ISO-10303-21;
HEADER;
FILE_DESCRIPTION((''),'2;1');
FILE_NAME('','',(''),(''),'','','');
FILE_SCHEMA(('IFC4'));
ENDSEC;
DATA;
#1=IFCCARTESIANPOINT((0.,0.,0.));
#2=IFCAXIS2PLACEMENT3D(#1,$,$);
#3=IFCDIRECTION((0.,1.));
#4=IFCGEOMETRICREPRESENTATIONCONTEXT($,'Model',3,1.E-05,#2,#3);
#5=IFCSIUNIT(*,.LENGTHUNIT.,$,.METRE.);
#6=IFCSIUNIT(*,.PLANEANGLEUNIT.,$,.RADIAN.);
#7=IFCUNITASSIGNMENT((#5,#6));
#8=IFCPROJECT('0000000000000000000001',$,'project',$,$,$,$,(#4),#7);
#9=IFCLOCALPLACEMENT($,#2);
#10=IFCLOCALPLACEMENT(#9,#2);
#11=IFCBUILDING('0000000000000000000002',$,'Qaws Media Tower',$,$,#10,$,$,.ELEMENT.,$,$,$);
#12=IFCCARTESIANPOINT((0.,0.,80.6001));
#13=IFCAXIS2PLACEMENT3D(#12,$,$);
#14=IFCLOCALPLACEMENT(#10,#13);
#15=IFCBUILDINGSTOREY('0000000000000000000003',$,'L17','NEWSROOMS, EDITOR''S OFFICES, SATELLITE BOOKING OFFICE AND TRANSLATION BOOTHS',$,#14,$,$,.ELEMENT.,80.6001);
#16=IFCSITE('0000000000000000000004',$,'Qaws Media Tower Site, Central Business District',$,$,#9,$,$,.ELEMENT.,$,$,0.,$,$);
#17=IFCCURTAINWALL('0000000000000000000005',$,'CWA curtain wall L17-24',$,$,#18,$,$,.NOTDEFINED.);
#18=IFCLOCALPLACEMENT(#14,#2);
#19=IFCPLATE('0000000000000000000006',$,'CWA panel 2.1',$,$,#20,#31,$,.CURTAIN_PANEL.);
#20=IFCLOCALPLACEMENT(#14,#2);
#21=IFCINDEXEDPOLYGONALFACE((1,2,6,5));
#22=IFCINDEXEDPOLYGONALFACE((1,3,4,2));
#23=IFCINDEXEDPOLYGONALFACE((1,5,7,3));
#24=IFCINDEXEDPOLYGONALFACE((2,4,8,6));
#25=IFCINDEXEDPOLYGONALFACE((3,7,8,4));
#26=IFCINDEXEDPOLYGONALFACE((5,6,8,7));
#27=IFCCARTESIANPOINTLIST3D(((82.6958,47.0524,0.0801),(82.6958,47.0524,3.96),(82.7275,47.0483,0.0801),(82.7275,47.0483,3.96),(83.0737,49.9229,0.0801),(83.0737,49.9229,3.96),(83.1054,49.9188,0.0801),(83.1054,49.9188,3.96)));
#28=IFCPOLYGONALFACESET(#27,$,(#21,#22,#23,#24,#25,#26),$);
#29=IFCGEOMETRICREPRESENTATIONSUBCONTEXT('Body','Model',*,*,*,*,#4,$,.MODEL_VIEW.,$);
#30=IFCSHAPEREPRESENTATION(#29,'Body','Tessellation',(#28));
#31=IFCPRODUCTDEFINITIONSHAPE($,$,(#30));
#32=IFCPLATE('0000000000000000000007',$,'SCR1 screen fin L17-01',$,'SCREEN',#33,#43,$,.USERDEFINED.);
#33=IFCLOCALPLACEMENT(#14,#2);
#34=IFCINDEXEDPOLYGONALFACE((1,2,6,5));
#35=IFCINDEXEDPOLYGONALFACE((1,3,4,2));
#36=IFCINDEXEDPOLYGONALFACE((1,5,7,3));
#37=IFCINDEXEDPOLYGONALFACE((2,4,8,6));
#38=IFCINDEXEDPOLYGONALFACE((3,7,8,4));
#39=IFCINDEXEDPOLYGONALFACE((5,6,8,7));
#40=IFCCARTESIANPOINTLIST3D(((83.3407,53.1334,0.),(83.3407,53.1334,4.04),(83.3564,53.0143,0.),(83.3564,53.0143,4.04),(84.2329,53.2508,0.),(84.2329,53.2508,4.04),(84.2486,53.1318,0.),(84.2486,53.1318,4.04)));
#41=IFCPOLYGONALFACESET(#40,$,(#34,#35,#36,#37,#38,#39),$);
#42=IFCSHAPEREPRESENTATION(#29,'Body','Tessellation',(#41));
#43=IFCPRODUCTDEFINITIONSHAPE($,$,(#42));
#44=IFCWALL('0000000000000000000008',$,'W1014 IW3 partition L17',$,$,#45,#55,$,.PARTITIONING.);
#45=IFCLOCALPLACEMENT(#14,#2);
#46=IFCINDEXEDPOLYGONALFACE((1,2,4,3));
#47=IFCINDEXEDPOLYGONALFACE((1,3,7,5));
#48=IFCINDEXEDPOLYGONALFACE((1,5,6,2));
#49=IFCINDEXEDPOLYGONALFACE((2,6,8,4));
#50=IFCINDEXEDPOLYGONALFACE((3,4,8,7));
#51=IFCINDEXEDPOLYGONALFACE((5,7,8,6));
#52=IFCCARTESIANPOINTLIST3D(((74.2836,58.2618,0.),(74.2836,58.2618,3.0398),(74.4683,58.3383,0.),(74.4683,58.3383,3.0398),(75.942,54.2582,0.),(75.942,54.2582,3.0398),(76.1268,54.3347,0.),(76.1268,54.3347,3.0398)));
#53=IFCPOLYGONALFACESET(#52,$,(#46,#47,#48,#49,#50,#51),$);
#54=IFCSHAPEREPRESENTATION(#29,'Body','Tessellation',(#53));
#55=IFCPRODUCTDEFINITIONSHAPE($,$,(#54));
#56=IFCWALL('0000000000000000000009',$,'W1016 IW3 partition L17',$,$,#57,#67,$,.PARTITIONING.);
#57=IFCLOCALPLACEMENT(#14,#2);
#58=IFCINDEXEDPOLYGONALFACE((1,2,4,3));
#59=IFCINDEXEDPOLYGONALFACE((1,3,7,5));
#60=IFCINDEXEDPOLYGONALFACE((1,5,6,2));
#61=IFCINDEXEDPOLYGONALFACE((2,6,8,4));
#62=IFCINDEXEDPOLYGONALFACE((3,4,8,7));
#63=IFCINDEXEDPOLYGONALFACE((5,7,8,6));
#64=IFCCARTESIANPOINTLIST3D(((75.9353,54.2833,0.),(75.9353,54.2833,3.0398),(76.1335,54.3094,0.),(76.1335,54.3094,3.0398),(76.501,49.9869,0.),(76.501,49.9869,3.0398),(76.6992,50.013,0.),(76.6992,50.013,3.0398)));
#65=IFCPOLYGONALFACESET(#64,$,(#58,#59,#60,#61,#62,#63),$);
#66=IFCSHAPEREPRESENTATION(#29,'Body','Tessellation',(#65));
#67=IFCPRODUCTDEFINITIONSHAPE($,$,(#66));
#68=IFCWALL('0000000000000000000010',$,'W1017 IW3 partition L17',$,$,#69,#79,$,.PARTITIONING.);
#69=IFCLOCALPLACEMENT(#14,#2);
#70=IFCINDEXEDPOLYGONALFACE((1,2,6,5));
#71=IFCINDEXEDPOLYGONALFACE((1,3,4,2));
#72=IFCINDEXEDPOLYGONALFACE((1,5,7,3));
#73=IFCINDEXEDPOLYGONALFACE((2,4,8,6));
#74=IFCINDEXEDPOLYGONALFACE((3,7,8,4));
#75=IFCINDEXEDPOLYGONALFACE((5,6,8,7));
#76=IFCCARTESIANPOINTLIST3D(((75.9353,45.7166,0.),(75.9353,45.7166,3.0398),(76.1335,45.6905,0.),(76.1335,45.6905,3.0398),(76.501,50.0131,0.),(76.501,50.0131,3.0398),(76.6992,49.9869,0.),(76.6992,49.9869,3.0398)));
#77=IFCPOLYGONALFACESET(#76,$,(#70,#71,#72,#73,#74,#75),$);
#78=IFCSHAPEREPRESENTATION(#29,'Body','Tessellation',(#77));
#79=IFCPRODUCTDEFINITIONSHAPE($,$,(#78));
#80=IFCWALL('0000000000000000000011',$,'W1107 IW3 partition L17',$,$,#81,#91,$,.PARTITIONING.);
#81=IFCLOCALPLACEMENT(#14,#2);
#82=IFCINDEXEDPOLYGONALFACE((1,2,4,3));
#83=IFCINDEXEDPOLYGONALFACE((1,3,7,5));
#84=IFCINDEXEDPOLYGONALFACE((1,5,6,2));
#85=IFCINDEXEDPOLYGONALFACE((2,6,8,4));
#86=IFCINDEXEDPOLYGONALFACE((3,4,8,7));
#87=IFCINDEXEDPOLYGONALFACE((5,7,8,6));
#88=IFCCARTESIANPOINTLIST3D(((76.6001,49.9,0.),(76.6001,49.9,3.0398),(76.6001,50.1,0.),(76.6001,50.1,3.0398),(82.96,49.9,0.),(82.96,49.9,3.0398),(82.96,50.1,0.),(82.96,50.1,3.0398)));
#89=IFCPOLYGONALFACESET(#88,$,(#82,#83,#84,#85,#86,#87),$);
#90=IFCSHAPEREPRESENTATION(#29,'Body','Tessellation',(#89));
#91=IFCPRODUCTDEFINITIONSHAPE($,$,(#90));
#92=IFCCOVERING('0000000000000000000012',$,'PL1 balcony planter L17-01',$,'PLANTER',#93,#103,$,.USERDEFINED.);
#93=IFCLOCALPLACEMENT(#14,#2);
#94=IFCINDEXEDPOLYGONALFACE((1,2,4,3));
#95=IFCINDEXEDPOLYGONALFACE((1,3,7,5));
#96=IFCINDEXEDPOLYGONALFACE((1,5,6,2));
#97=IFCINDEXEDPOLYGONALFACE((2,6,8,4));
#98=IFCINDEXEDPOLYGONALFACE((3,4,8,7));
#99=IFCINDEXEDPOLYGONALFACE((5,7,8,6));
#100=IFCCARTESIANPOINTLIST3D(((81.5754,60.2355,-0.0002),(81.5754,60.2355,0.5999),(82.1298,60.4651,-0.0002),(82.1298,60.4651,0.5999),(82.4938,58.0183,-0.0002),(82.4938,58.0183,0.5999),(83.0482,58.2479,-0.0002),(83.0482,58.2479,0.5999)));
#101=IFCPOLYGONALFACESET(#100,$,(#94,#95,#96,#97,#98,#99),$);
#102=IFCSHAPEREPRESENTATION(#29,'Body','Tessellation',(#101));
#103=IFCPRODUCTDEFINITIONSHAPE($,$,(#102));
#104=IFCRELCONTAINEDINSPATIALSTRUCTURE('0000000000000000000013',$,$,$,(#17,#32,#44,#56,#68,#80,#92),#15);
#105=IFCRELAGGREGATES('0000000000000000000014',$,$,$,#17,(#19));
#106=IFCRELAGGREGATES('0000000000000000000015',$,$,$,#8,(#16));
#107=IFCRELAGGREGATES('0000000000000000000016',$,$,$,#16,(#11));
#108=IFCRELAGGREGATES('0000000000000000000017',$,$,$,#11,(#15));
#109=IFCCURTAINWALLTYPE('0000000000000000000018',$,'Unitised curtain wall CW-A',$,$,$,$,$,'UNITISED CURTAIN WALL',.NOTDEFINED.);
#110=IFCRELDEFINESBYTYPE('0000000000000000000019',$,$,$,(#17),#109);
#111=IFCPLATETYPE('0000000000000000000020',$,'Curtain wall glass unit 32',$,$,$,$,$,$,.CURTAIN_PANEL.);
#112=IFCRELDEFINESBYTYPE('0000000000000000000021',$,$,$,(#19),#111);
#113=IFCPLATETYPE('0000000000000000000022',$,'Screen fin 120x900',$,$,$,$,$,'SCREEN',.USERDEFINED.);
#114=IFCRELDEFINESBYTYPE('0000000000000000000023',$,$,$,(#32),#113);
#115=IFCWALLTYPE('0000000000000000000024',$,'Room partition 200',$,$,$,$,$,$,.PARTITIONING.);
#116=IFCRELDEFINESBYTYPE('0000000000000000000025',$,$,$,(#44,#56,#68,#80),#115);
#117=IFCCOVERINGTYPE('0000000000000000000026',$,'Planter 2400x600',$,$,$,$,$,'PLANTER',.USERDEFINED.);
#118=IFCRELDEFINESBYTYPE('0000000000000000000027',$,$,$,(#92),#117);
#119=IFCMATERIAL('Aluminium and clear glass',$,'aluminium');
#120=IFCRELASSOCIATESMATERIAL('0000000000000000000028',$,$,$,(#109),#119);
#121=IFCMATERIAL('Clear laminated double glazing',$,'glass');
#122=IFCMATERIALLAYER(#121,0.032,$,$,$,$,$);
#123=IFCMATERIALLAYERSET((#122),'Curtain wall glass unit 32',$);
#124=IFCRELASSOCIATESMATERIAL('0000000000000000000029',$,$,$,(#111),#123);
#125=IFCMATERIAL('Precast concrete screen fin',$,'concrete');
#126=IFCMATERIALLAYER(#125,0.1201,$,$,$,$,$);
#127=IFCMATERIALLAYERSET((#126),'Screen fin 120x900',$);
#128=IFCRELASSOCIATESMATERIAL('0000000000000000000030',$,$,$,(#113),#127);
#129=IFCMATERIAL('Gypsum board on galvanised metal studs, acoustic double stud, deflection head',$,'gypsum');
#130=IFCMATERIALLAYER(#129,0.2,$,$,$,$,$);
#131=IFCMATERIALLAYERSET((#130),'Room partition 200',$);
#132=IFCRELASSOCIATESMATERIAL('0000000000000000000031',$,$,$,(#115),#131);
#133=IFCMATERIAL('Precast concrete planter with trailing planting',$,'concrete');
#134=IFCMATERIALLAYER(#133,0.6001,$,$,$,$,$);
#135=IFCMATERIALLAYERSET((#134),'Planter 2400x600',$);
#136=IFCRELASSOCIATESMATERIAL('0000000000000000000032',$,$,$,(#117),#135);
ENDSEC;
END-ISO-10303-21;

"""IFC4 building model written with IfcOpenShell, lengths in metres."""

from ifc_helpers import new_model, si_unit, direction, frame, frame_2d, origin, origin_2d, place, context, subcontext, project, spatial, rectangle, extrude, material, layer, layer_set, type_object, element, aggregate, save


model = new_model("IFC4")

# Units and contexts
model_context = context("Model", 3, precision=1e-05, world=origin(), true_north=direction((0.0, 1.0)))
body_context = subcontext(model_context, "Body", "Model", "MODEL_VIEW")
ifc_project = project(units=[si_unit("LENGTHUNIT", "METRE"), si_unit("PLANEANGLEUNIT", "RADIAN")], contexts=[model_context])

# Site, building, storey
site_placement = place(None, origin())
site = spatial("IfcSite", under=ifc_project, at=site_placement, Name="Qaws Media Tower Site, Central Business District", CompositionType="ELEMENT", RefElevation=0.0)
building_placement = place(site_placement, origin())
building = spatial("IfcBuilding", under=site, at=building_placement, Name="Qaws Media Tower", CompositionType="ELEMENT")
storey_placement = place(building_placement, frame((0.0, 0.0, 80.6001)))
storey = spatial("IfcBuildingStorey", under=building, at=storey_placement, Name="L17", Description="NEWSROOMS, EDITOR'S OFFICES, SATELLITE BOOKING OFFICE AND TRANSLATION BOOTHS", CompositionType="ELEMENT", Elevation=80.6001)

# Shared definitions
ifc_material_1 = material(Name="Aluminium and clear glass", Category="aluminium")
curtain_wall_type = type_object("IfcCurtainWallType", Name="Unitised curtain wall CW-A", ElementType="UNITISED CURTAIN WALL", PredefinedType="NOTDEFINED", material=ifc_material_1)

# Curtain wall
curtain_wall_1_placement = place(storey_placement, origin())
curtain_wall_1 = element("IfcCurtainWall", 1, at=curtain_wall_1_placement, inside=storey, type_object=curtain_wall_type, Name="CWA curtain wall L17-24", PredefinedType="NOTDEFINED")

# Plates
ifc_material_2 = material(Name="Clear laminated double glazing", Category="glass")
ifc_layer_1 = layer(ifc_material_2, 0.032)
ifc_layer_set_1 = layer_set([ifc_layer_1], Name="Curtain wall glass unit 32")
plate_type_1 = type_object("IfcPlateType", Name="Curtain wall glass unit 32", PredefinedType="CURTAIN_PANEL", material=ifc_layer_set_1)
plate_1_placement = place(storey_placement, frame((82.9006, 48.4856, 0.0801), z_axis=(0.0, 0.0, 1.0), x_axis=(0.130526, 0.991445, 0.0)))
plate_1 = element("IfcPlate", 2, at=plate_1_placement, type_object=plate_type_1, Name="CWA panel 2.1", PredefinedType="CURTAIN_PANEL", context=body_context, shape_type="SweptSolid", body=[
    extrude(rectangle(XDim=2.8953, YDim=0.032, at=origin_2d()), origin(), (0.0, 0.0, 1.0), 3.8799),
])
aggregate(curtain_wall_1, [plate_1])
ifc_material_3 = material(Name="Precast concrete screen fin", Category="concrete")
ifc_layer_2 = layer(ifc_material_3, 0.1201)
ifc_layer_set_2 = layer_set([ifc_layer_2], Name="Screen fin 120x900")
plate_type_2 = type_object("IfcPlateType", Name="Screen fin 120x900", ElementType="SCREEN", PredefinedType="USERDEFINED", material=ifc_layer_set_2)
plate_2_placement = place(storey_placement, frame((83.7947, 53.1326, 0.0), z_axis=(0.0, 0.0, 1.0), x_axis=(0.991445, 0.130526, 0.0)))
element("IfcPlate", 3, at=plate_2_placement, inside=storey, type_object=plate_type_2, Name="SCR1 screen fin L17-01", ObjectType="SCREEN", PredefinedType="USERDEFINED", context=body_context, shape_type="SweptSolid", body=[
    extrude(rectangle(XDim=0.8999, YDim=0.1201, at=origin_2d()), origin(), (0.0, 0.0, 1.0), 4.04),
])

# Walls
ifc_material_4 = material(Name="Gypsum board on galvanised metal studs, acoustic double stud, deflection head", Category="gypsum")
ifc_layer_3 = layer(ifc_material_4, 0.2)
ifc_layer_set_3 = layer_set([ifc_layer_3], Name="Room partition 200")
wall_type_1 = type_object("IfcWallType", Name="Room partition 200", PredefinedType="PARTITIONING", material=ifc_layer_set_3)
for number, where, z_axis, x_axis, name in (
    (4, (74.376, 58.3, 0.0), (0.0, 0.0, 1.0), (0.382698, -0.923873, 0.0), "W1014 IW3 partition L17"),
    (5, (76.0344, 54.2964, 0.0), (0.0, 0.0, 1.0), (0.130536, -0.991444, 0.0), "W1016 IW3 partition L17"),
    (6, (76.6001, 50.0, 0.0), (0.0, 0.0, 1.0), (-0.130536, -0.991444, 0.0), "W1017 IW3 partition L17"),
):
    element("IfcWall", number, at=place(storey_placement, frame(where, z_axis=z_axis, x_axis=x_axis)), inside=storey, type_object=wall_type_1, Name=name, PredefinedType="PARTITIONING", context=body_context, shape_type="SweptSolid", body=[
        extrude(rectangle(XDim=4.3335, YDim=0.2, at=frame_2d((2.1667, 0.0))), origin(), (0.0, 0.0, 1.0), 3.0398),
    ])
wall_1_placement = place(storey_placement, frame((76.6001, 50.0, 0.0), z_axis=(0.0, 0.0, 1.0), x_axis=(1.0, 0.0, 0.0)))
element("IfcWall", 7, at=wall_1_placement, inside=storey, type_object=wall_type_1, Name="W1107 IW3 partition L17", PredefinedType="PARTITIONING", context=body_context, shape_type="SweptSolid", body=[
    extrude(rectangle(XDim=6.3599, YDim=0.2, at=frame_2d((3.1799, 0.0))), origin(), (0.0, 0.0, 1.0), 3.0398),
])

# Covering
ifc_material_5 = material(Name="Precast concrete planter with trailing planting", Category="concrete")
ifc_layer_4 = layer(ifc_material_5, 0.6001)
ifc_layer_set_4 = layer_set([ifc_layer_4], Name="Planter 2400x600")
covering_type = type_object("IfcCoveringType", Name="Planter 2400x600", ElementType="PLANTER", PredefinedType="USERDEFINED", material=ifc_layer_set_4)
covering_placement = place(storey_placement, frame((82.3118, 59.2417, -0.0002), z_axis=(0.0, 0.0, 1.0), x_axis=(-0.382683, 0.92388, 0.0)))
element("IfcCovering", 8, at=covering_placement, inside=storey, type_object=covering_type, Name="PL1 balcony planter L17-01", ObjectType="PLANTER", PredefinedType="USERDEFINED", context=body_context, shape_type="SweptSolid", body=[
    extrude(rectangle(XDim=2.3999, YDim=0.6001, at=origin_2d()), origin(), (0.0, 0.0, 1.0), 0.6001),
])

save(model, "model.ifc")
